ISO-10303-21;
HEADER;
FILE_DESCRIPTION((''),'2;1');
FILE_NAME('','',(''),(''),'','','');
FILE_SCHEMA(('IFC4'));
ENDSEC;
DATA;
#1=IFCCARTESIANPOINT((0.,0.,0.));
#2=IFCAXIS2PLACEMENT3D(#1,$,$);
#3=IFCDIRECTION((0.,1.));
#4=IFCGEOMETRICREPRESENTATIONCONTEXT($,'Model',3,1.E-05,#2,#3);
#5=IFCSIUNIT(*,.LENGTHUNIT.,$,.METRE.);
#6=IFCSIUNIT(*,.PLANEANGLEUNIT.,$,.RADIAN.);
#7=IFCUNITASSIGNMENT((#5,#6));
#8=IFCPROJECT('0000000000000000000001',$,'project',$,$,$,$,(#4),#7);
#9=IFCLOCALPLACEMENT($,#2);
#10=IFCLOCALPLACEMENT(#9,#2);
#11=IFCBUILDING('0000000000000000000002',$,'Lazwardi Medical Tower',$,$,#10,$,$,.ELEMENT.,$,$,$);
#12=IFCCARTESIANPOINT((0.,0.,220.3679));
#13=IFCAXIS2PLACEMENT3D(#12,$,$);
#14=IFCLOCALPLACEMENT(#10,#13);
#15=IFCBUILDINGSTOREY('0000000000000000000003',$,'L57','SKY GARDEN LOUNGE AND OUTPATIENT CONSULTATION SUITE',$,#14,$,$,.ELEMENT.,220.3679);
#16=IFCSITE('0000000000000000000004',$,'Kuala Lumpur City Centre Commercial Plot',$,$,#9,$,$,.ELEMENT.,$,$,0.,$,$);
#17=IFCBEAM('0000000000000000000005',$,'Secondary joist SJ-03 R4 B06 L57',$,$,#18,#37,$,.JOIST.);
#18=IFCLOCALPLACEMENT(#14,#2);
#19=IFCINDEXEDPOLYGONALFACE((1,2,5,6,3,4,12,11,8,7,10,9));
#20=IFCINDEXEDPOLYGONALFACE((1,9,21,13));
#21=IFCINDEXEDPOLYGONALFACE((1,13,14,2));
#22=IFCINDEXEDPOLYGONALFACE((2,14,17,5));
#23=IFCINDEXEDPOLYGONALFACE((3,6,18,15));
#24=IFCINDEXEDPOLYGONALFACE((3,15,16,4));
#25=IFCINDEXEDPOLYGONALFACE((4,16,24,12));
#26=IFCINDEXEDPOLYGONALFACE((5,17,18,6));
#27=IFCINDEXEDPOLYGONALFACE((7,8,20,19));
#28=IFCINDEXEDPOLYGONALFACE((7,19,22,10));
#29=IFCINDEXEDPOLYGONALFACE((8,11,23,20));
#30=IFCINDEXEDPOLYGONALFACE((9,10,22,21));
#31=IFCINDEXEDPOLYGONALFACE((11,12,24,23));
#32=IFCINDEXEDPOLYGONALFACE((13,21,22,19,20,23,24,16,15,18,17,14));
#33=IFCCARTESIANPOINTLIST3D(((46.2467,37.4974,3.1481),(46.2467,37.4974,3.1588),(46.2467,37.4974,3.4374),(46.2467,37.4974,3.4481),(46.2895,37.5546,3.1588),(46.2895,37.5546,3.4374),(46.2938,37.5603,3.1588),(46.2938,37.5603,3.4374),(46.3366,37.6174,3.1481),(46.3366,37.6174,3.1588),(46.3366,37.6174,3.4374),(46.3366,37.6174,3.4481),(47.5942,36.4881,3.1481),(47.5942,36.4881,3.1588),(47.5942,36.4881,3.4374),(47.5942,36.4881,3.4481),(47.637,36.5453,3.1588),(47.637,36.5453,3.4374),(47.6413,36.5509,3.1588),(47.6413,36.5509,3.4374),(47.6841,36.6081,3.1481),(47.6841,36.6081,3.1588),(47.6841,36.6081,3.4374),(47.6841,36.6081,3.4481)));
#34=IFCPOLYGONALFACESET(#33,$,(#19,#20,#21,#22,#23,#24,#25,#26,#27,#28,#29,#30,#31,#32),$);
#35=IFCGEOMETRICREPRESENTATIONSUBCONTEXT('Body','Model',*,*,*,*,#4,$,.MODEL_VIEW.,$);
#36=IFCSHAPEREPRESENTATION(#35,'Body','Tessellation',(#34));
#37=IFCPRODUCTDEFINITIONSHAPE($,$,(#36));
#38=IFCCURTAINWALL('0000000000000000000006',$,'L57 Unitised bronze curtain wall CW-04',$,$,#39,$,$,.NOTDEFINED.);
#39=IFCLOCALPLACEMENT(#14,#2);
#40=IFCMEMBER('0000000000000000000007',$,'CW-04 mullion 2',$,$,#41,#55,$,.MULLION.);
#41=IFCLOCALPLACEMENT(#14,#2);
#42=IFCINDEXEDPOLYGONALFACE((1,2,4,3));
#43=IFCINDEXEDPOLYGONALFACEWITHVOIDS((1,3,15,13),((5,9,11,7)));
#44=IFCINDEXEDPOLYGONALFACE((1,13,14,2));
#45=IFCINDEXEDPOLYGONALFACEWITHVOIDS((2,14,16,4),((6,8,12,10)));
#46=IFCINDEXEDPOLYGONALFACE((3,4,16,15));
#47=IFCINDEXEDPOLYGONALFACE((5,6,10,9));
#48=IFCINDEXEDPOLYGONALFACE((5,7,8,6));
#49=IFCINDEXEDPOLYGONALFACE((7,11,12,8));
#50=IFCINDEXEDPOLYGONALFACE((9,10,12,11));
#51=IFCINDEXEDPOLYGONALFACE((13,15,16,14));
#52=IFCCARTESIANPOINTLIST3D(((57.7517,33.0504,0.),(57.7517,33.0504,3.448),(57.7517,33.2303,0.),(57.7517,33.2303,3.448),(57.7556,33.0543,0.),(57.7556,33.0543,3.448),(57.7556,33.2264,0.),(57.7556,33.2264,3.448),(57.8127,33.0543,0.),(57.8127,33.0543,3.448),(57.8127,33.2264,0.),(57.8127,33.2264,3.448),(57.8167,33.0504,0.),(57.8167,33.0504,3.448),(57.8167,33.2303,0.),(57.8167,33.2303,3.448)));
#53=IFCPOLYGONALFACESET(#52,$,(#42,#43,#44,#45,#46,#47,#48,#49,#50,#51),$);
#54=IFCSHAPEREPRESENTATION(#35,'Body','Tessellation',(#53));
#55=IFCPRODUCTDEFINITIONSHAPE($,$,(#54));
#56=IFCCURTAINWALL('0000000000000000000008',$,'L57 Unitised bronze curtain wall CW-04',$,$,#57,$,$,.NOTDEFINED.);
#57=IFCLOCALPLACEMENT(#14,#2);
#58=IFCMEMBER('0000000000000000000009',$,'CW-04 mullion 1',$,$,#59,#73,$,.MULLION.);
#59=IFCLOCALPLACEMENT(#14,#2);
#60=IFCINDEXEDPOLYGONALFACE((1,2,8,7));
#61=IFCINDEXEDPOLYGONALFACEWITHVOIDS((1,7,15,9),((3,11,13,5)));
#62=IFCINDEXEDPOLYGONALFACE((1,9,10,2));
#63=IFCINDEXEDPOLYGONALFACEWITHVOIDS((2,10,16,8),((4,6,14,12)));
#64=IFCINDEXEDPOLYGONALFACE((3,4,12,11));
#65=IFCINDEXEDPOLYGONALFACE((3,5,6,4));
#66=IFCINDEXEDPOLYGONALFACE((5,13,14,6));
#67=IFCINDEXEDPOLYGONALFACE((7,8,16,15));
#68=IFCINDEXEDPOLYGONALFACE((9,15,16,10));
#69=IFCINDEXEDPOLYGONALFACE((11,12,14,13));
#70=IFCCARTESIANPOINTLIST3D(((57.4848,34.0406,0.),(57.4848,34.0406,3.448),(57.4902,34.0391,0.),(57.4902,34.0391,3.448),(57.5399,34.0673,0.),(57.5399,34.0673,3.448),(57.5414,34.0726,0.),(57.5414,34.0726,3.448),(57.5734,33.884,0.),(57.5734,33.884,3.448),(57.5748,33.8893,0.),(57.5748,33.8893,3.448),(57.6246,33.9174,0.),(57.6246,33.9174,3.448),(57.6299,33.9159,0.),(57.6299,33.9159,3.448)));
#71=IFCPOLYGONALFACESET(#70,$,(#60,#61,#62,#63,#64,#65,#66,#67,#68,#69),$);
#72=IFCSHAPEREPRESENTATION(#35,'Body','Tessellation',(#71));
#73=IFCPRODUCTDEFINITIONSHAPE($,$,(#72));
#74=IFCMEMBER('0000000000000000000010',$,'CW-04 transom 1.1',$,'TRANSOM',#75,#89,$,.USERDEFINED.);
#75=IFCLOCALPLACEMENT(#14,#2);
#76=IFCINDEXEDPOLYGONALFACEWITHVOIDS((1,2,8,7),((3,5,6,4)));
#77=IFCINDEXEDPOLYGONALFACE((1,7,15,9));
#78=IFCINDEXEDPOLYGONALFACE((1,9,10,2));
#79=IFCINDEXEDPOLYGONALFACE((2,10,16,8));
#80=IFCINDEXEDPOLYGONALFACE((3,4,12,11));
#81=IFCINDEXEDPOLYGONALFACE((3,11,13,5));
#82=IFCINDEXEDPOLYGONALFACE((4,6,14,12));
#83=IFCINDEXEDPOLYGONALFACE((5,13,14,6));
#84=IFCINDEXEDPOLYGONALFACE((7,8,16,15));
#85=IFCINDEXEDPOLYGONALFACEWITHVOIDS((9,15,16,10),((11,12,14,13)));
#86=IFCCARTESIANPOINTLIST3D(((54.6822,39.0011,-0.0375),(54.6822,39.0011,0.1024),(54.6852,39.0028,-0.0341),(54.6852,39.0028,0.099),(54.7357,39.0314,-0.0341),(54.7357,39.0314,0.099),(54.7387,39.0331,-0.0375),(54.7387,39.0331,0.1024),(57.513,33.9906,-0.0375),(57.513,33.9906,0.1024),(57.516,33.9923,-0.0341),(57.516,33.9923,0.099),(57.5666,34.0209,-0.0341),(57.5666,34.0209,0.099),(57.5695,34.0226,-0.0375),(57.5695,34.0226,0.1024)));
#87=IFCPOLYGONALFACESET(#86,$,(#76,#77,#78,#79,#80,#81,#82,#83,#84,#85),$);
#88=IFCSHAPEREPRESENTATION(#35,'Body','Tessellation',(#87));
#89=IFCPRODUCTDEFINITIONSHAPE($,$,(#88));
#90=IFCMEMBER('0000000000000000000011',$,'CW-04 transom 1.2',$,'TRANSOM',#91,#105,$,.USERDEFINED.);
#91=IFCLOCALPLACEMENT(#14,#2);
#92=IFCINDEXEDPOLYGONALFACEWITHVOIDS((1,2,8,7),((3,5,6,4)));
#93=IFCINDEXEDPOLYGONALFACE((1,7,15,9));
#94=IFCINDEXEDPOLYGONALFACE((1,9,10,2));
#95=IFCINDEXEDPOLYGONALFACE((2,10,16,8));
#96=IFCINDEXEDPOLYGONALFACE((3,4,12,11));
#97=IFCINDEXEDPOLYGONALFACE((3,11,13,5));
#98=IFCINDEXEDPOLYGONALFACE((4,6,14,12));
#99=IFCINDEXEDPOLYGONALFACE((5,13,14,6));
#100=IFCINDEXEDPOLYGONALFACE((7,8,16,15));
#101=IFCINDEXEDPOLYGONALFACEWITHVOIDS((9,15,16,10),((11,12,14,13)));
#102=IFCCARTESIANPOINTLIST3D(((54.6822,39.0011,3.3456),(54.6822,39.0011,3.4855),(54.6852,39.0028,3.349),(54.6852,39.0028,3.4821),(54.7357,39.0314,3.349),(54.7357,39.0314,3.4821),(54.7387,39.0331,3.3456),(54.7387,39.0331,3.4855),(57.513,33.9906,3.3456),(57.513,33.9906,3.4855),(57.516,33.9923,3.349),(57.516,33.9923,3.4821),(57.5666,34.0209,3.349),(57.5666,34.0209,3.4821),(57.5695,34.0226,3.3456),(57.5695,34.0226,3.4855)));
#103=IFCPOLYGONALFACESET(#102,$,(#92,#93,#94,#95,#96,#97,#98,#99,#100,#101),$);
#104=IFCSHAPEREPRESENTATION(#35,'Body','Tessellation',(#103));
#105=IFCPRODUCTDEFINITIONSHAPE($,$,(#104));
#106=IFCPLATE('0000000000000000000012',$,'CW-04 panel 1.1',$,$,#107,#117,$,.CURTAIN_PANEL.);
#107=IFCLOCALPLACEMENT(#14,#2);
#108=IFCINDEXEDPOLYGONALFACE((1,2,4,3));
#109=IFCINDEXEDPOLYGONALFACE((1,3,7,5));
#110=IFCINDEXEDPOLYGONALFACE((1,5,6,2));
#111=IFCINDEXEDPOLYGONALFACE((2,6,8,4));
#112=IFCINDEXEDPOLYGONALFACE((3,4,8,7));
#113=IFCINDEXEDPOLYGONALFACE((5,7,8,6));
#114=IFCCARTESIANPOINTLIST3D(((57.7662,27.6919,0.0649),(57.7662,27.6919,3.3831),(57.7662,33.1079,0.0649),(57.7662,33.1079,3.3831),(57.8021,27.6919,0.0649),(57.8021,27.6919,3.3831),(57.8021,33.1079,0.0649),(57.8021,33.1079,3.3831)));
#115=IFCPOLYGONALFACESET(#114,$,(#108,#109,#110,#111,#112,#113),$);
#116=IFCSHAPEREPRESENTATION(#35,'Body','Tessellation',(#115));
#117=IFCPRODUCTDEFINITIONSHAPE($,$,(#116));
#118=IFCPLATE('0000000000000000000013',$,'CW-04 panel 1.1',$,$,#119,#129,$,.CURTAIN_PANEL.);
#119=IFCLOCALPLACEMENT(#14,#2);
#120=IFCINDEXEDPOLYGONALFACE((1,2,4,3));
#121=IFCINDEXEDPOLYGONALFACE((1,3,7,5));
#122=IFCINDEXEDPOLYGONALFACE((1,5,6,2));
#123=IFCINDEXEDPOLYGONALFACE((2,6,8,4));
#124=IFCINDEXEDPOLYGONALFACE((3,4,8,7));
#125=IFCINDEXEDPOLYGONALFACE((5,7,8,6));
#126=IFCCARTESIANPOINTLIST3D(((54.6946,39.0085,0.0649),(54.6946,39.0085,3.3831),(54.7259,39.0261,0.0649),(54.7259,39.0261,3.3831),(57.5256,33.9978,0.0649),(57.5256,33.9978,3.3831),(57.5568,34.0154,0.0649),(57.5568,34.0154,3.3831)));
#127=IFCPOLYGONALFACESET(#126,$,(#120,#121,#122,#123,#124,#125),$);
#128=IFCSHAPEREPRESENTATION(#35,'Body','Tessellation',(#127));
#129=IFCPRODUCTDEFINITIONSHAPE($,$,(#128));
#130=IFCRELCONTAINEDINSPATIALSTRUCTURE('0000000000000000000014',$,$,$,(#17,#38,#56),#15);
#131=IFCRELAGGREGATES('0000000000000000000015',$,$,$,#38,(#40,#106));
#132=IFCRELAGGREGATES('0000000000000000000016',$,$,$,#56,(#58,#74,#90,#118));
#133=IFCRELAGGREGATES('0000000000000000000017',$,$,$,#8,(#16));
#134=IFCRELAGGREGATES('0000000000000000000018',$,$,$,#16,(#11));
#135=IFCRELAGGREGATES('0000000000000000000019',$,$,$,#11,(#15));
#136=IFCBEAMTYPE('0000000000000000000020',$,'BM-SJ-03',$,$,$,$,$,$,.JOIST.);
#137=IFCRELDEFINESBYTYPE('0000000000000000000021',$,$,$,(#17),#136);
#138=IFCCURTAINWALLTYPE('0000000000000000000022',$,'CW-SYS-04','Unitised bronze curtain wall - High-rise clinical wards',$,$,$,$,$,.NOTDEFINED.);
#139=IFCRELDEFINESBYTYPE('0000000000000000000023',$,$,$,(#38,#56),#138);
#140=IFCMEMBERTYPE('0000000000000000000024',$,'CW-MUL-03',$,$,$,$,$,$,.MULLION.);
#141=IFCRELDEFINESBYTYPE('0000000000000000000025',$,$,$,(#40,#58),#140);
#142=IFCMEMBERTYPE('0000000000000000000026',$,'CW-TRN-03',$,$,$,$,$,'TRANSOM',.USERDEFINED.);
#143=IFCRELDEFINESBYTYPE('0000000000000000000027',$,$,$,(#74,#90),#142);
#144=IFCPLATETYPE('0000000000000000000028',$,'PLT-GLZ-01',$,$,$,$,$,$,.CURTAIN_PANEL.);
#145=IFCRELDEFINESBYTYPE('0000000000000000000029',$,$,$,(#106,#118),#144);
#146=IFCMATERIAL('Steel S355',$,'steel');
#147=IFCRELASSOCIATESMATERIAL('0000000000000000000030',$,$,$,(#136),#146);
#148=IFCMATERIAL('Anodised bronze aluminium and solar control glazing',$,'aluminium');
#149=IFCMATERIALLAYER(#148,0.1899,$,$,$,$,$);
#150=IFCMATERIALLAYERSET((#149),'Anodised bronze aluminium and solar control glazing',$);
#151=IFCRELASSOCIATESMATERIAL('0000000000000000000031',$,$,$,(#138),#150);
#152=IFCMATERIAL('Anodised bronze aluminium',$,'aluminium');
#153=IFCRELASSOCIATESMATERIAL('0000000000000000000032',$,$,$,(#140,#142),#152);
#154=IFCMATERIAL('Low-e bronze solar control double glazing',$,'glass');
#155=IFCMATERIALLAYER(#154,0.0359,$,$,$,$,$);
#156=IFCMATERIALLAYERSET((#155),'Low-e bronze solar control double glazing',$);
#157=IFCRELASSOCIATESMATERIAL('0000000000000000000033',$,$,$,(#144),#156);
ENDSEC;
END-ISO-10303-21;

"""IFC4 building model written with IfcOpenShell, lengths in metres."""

from ifc_helpers import new_model, si_unit, direction, frame, origin, origin_2d, place, context, subcontext, project, spatial, rectangle, hollow_rectangle, i_section, extrude, material, layer, layer_set, material_profile, profile_set, type_object, element, aggregate, save


model = new_model("IFC4")

# Units and contexts
model_context = context("Model", 3, precision=1e-05, world=origin(), true_north=direction((0.0, 1.0)))
body_context = subcontext(model_context, "Body", "Model", "MODEL_VIEW")
ifc_project = project(units=[si_unit("LENGTHUNIT", "METRE"), si_unit("PLANEANGLEUNIT", "RADIAN")], contexts=[model_context])

# Site, building, storey
site_placement = place(None, origin())
site = spatial("IfcSite", under=ifc_project, at=site_placement, Name="Kuala Lumpur City Centre Commercial Plot", CompositionType="ELEMENT", RefElevation=0.0)
building_placement = place(site_placement, origin())
building = spatial("IfcBuilding", under=site, at=building_placement, Name="Lazwardi Medical Tower", CompositionType="ELEMENT")
storey_placement = place(building_placement, frame((0.0, 0.0, 220.3679)))
storey = spatial("IfcBuildingStorey", under=building, at=storey_placement, Name="L57", Description="SKY GARDEN LOUNGE AND OUTPATIENT CONSULTATION SUITE", CompositionType="ELEMENT", Elevation=220.3679)

# Beam
ifc_material_1 = material(Name="Steel S355", Category="steel")
ifc_material_profile_1 = material_profile(ifc_material_1, i_section(OverallWidth=0.1499, OverallDepth=0.3, WebThickness=0.0071, FlangeThickness=0.0107, at=origin_2d()), Name="IPE 300")
ifc_profile_set_1 = profile_set([ifc_material_profile_1], Name="Steel S355")
beam_type_1 = type_object("IfcBeamType", Name="BM-SJ-03", PredefinedType="JOIST", material=ifc_profile_set_1)
beam_1_placement = place(storey_placement, frame((47.6392, 36.5481, 3.2981), z_axis=(-0.800365, 0.599513, 0.0), x_axis=(-0.599513, -0.800365, 0.0)))
element("IfcBeam", 1, at=beam_1_placement, inside=storey, type_object=beam_type_1, Name="Secondary joist SJ-03 R4 B06 L57", PredefinedType="JOIST", context=body_context, shape_type="SweptSolid", body=[
    extrude(i_section(OverallWidth=0.1499, OverallDepth=0.3, WebThickness=0.0071, FlangeThickness=0.0107, at=origin_2d()), origin(), (0.0, 0.0, 1.0), 1.6836),
])

# Curtain wall, member
ifc_material_2 = material(Name="Anodised bronze aluminium and solar control glazing", Category="aluminium")
ifc_layer_1 = layer(ifc_material_2, 0.1899)
ifc_layer_set_1 = layer_set([ifc_layer_1], Name="Anodised bronze aluminium and solar control glazing")
curtain_wall_type = type_object("IfcCurtainWallType", Name="CW-SYS-04", Description="Unitised bronze curtain wall - High-rise clinical wards", PredefinedType="NOTDEFINED", material=ifc_layer_set_1)
curtain_wall_1_placement = place(storey_placement, origin())
curtain_wall_1 = element("IfcCurtainWall", 2, at=curtain_wall_1_placement, inside=storey, type_object=curtain_wall_type, Name="L57 Unitised bronze curtain wall CW-04", PredefinedType="NOTDEFINED")
ifc_material_3 = material(Name="Anodised bronze aluminium", Category="aluminium")
ifc_material_profile_2 = material_profile(ifc_material_3, hollow_rectangle(XDim=0.0649, YDim=0.1799, WallThickness=0.0039, at=origin_2d()), Name="ALU-MULLION 180x65x4")
ifc_profile_set_2 = profile_set([ifc_material_profile_2], Name="Anodised bronze aluminium")
member_type_1 = type_object("IfcMemberType", Name="CW-MUL-03", PredefinedType="MULLION", material=ifc_profile_set_2)
member_1_placement = place(storey_placement, frame((57.7842, 33.1404, 0.0), z_axis=(0.0, 0.0, 1.0), x_axis=(-1.0, 0.0, 0.0)))
member_1 = element("IfcMember", 3, at=member_1_placement, type_object=member_type_1, Name="CW-04 mullion 2", PredefinedType="MULLION", context=body_context, shape_type="SweptSolid", body=[
    extrude(hollow_rectangle(XDim=0.0649, YDim=0.1799, WallThickness=0.0039, at=origin_2d()), origin(), (0.0, 0.0, 1.0), 3.448),
])

# Curtain wall, members
curtain_wall_2_placement = place(storey_placement, origin())
curtain_wall_2 = element("IfcCurtainWall", 4, at=curtain_wall_2_placement, inside=storey, type_object=curtain_wall_type, Name="L57 Unitised bronze curtain wall CW-04", PredefinedType="NOTDEFINED")
member_2_placement = place(storey_placement, frame((57.5574, 33.9783, 0.0), z_axis=(0.0, 0.0, 1.0), x_axis=(-0.870651, -0.4919, 0.0)))
member_2 = element("IfcMember", 5, at=member_2_placement, type_object=member_type_1, Name="CW-04 mullion 1", PredefinedType="MULLION", context=body_context, shape_type="SweptSolid", body=[
    extrude(hollow_rectangle(XDim=0.0649, YDim=0.1799, WallThickness=0.0039, at=origin_2d()), origin(), (0.0, 0.0, 1.0), 3.448),
])
ifc_material_profile_3 = material_profile(ifc_material_3, hollow_rectangle(XDim=0.0649, YDim=0.1399, WallThickness=0.0034, at=origin_2d()), Name="ALU-TRANSOM 140x65x3.5")
ifc_profile_set_3 = profile_set([ifc_material_profile_3], Name="Anodised bronze aluminium")
member_type_2 = type_object("IfcMemberType", Name="CW-TRN-03", ElementType="TRANSOM", PredefinedType="USERDEFINED", material=ifc_profile_set_3)
member_3_placement = place(storey_placement, frame((57.5413, 34.0066, 0.0325), z_axis=(-0.491898, 0.870653, 0.0), x_axis=(-0.870653, -0.491898, 0.0)))
member_3 = element("IfcMember", 6, at=member_3_placement, type_object=member_type_2, Name="CW-04 transom 1.1", ObjectType="TRANSOM", PredefinedType="USERDEFINED", context=body_context, shape_type="SweptSolid", body=[
    extrude(hollow_rectangle(XDim=0.0649, YDim=0.1399, WallThickness=0.0034, at=origin_2d()), origin(), (0.0, 0.0, 1.0), 5.7549),
])
member_4_placement = place(storey_placement, frame((57.5413, 34.0066, 3.4155), z_axis=(-0.491898, 0.870653, 0.0), x_axis=(-0.870653, -0.491898, 0.0)))
member_4 = element("IfcMember", 7, at=member_4_placement, type_object=member_type_2, Name="CW-04 transom 1.2", ObjectType="TRANSOM", PredefinedType="USERDEFINED", context=body_context, shape_type="SweptSolid", body=[
    extrude(hollow_rectangle(XDim=0.0649, YDim=0.1399, WallThickness=0.0034, at=origin_2d()), origin(), (0.0, 0.0, 1.0), 5.7549),
])

# Plates
ifc_material_4 = material(Name="Low-e bronze solar control double glazing", Category="glass")
ifc_layer_2 = layer(ifc_material_4, 0.0359)
ifc_layer_set_2 = layer_set([ifc_layer_2], Name="Low-e bronze solar control double glazing")
plate_type = type_object("IfcPlateType", Name="PLT-GLZ-01", PredefinedType="CURTAIN_PANEL", material=ifc_layer_set_2)
plate_1_placement = place(storey_placement, frame((57.7842, 30.3999, 0.0649), z_axis=(0.0, 0.0, 1.0), x_axis=(0.0, 1.0, 0.0)))
plate_1 = element("IfcPlate", 8, at=plate_1_placement, type_object=plate_type, Name="CW-04 panel 1.1", PredefinedType="CURTAIN_PANEL", context=body_context, shape_type="SweptSolid", body=[
    extrude(rectangle(XDim=5.416, YDim=0.0359, at=origin_2d()), origin(), (0.0, 0.0, 1.0), 3.3181),
])
aggregate(curtain_wall_1, [member_1, plate_1])
plate_2_placement = place(storey_placement, frame((56.1257, 36.512, 0.0649), z_axis=(0.0, 0.0, 1.0), x_axis=(-0.4919, 0.870651, 0.0)))
plate_2 = element("IfcPlate", 9, at=plate_2_placement, type_object=plate_type, Name="CW-04 panel 1.1", PredefinedType="CURTAIN_PANEL", context=body_context, shape_type="SweptSolid", body=[
    extrude(rectangle(XDim=5.7551, YDim=0.0359, at=origin_2d()), origin(), (0.0, 0.0, 1.0), 3.3181),
])
aggregate(curtain_wall_2, [member_2, member_3, member_4, plate_2])

save(model, "model.ifc")
